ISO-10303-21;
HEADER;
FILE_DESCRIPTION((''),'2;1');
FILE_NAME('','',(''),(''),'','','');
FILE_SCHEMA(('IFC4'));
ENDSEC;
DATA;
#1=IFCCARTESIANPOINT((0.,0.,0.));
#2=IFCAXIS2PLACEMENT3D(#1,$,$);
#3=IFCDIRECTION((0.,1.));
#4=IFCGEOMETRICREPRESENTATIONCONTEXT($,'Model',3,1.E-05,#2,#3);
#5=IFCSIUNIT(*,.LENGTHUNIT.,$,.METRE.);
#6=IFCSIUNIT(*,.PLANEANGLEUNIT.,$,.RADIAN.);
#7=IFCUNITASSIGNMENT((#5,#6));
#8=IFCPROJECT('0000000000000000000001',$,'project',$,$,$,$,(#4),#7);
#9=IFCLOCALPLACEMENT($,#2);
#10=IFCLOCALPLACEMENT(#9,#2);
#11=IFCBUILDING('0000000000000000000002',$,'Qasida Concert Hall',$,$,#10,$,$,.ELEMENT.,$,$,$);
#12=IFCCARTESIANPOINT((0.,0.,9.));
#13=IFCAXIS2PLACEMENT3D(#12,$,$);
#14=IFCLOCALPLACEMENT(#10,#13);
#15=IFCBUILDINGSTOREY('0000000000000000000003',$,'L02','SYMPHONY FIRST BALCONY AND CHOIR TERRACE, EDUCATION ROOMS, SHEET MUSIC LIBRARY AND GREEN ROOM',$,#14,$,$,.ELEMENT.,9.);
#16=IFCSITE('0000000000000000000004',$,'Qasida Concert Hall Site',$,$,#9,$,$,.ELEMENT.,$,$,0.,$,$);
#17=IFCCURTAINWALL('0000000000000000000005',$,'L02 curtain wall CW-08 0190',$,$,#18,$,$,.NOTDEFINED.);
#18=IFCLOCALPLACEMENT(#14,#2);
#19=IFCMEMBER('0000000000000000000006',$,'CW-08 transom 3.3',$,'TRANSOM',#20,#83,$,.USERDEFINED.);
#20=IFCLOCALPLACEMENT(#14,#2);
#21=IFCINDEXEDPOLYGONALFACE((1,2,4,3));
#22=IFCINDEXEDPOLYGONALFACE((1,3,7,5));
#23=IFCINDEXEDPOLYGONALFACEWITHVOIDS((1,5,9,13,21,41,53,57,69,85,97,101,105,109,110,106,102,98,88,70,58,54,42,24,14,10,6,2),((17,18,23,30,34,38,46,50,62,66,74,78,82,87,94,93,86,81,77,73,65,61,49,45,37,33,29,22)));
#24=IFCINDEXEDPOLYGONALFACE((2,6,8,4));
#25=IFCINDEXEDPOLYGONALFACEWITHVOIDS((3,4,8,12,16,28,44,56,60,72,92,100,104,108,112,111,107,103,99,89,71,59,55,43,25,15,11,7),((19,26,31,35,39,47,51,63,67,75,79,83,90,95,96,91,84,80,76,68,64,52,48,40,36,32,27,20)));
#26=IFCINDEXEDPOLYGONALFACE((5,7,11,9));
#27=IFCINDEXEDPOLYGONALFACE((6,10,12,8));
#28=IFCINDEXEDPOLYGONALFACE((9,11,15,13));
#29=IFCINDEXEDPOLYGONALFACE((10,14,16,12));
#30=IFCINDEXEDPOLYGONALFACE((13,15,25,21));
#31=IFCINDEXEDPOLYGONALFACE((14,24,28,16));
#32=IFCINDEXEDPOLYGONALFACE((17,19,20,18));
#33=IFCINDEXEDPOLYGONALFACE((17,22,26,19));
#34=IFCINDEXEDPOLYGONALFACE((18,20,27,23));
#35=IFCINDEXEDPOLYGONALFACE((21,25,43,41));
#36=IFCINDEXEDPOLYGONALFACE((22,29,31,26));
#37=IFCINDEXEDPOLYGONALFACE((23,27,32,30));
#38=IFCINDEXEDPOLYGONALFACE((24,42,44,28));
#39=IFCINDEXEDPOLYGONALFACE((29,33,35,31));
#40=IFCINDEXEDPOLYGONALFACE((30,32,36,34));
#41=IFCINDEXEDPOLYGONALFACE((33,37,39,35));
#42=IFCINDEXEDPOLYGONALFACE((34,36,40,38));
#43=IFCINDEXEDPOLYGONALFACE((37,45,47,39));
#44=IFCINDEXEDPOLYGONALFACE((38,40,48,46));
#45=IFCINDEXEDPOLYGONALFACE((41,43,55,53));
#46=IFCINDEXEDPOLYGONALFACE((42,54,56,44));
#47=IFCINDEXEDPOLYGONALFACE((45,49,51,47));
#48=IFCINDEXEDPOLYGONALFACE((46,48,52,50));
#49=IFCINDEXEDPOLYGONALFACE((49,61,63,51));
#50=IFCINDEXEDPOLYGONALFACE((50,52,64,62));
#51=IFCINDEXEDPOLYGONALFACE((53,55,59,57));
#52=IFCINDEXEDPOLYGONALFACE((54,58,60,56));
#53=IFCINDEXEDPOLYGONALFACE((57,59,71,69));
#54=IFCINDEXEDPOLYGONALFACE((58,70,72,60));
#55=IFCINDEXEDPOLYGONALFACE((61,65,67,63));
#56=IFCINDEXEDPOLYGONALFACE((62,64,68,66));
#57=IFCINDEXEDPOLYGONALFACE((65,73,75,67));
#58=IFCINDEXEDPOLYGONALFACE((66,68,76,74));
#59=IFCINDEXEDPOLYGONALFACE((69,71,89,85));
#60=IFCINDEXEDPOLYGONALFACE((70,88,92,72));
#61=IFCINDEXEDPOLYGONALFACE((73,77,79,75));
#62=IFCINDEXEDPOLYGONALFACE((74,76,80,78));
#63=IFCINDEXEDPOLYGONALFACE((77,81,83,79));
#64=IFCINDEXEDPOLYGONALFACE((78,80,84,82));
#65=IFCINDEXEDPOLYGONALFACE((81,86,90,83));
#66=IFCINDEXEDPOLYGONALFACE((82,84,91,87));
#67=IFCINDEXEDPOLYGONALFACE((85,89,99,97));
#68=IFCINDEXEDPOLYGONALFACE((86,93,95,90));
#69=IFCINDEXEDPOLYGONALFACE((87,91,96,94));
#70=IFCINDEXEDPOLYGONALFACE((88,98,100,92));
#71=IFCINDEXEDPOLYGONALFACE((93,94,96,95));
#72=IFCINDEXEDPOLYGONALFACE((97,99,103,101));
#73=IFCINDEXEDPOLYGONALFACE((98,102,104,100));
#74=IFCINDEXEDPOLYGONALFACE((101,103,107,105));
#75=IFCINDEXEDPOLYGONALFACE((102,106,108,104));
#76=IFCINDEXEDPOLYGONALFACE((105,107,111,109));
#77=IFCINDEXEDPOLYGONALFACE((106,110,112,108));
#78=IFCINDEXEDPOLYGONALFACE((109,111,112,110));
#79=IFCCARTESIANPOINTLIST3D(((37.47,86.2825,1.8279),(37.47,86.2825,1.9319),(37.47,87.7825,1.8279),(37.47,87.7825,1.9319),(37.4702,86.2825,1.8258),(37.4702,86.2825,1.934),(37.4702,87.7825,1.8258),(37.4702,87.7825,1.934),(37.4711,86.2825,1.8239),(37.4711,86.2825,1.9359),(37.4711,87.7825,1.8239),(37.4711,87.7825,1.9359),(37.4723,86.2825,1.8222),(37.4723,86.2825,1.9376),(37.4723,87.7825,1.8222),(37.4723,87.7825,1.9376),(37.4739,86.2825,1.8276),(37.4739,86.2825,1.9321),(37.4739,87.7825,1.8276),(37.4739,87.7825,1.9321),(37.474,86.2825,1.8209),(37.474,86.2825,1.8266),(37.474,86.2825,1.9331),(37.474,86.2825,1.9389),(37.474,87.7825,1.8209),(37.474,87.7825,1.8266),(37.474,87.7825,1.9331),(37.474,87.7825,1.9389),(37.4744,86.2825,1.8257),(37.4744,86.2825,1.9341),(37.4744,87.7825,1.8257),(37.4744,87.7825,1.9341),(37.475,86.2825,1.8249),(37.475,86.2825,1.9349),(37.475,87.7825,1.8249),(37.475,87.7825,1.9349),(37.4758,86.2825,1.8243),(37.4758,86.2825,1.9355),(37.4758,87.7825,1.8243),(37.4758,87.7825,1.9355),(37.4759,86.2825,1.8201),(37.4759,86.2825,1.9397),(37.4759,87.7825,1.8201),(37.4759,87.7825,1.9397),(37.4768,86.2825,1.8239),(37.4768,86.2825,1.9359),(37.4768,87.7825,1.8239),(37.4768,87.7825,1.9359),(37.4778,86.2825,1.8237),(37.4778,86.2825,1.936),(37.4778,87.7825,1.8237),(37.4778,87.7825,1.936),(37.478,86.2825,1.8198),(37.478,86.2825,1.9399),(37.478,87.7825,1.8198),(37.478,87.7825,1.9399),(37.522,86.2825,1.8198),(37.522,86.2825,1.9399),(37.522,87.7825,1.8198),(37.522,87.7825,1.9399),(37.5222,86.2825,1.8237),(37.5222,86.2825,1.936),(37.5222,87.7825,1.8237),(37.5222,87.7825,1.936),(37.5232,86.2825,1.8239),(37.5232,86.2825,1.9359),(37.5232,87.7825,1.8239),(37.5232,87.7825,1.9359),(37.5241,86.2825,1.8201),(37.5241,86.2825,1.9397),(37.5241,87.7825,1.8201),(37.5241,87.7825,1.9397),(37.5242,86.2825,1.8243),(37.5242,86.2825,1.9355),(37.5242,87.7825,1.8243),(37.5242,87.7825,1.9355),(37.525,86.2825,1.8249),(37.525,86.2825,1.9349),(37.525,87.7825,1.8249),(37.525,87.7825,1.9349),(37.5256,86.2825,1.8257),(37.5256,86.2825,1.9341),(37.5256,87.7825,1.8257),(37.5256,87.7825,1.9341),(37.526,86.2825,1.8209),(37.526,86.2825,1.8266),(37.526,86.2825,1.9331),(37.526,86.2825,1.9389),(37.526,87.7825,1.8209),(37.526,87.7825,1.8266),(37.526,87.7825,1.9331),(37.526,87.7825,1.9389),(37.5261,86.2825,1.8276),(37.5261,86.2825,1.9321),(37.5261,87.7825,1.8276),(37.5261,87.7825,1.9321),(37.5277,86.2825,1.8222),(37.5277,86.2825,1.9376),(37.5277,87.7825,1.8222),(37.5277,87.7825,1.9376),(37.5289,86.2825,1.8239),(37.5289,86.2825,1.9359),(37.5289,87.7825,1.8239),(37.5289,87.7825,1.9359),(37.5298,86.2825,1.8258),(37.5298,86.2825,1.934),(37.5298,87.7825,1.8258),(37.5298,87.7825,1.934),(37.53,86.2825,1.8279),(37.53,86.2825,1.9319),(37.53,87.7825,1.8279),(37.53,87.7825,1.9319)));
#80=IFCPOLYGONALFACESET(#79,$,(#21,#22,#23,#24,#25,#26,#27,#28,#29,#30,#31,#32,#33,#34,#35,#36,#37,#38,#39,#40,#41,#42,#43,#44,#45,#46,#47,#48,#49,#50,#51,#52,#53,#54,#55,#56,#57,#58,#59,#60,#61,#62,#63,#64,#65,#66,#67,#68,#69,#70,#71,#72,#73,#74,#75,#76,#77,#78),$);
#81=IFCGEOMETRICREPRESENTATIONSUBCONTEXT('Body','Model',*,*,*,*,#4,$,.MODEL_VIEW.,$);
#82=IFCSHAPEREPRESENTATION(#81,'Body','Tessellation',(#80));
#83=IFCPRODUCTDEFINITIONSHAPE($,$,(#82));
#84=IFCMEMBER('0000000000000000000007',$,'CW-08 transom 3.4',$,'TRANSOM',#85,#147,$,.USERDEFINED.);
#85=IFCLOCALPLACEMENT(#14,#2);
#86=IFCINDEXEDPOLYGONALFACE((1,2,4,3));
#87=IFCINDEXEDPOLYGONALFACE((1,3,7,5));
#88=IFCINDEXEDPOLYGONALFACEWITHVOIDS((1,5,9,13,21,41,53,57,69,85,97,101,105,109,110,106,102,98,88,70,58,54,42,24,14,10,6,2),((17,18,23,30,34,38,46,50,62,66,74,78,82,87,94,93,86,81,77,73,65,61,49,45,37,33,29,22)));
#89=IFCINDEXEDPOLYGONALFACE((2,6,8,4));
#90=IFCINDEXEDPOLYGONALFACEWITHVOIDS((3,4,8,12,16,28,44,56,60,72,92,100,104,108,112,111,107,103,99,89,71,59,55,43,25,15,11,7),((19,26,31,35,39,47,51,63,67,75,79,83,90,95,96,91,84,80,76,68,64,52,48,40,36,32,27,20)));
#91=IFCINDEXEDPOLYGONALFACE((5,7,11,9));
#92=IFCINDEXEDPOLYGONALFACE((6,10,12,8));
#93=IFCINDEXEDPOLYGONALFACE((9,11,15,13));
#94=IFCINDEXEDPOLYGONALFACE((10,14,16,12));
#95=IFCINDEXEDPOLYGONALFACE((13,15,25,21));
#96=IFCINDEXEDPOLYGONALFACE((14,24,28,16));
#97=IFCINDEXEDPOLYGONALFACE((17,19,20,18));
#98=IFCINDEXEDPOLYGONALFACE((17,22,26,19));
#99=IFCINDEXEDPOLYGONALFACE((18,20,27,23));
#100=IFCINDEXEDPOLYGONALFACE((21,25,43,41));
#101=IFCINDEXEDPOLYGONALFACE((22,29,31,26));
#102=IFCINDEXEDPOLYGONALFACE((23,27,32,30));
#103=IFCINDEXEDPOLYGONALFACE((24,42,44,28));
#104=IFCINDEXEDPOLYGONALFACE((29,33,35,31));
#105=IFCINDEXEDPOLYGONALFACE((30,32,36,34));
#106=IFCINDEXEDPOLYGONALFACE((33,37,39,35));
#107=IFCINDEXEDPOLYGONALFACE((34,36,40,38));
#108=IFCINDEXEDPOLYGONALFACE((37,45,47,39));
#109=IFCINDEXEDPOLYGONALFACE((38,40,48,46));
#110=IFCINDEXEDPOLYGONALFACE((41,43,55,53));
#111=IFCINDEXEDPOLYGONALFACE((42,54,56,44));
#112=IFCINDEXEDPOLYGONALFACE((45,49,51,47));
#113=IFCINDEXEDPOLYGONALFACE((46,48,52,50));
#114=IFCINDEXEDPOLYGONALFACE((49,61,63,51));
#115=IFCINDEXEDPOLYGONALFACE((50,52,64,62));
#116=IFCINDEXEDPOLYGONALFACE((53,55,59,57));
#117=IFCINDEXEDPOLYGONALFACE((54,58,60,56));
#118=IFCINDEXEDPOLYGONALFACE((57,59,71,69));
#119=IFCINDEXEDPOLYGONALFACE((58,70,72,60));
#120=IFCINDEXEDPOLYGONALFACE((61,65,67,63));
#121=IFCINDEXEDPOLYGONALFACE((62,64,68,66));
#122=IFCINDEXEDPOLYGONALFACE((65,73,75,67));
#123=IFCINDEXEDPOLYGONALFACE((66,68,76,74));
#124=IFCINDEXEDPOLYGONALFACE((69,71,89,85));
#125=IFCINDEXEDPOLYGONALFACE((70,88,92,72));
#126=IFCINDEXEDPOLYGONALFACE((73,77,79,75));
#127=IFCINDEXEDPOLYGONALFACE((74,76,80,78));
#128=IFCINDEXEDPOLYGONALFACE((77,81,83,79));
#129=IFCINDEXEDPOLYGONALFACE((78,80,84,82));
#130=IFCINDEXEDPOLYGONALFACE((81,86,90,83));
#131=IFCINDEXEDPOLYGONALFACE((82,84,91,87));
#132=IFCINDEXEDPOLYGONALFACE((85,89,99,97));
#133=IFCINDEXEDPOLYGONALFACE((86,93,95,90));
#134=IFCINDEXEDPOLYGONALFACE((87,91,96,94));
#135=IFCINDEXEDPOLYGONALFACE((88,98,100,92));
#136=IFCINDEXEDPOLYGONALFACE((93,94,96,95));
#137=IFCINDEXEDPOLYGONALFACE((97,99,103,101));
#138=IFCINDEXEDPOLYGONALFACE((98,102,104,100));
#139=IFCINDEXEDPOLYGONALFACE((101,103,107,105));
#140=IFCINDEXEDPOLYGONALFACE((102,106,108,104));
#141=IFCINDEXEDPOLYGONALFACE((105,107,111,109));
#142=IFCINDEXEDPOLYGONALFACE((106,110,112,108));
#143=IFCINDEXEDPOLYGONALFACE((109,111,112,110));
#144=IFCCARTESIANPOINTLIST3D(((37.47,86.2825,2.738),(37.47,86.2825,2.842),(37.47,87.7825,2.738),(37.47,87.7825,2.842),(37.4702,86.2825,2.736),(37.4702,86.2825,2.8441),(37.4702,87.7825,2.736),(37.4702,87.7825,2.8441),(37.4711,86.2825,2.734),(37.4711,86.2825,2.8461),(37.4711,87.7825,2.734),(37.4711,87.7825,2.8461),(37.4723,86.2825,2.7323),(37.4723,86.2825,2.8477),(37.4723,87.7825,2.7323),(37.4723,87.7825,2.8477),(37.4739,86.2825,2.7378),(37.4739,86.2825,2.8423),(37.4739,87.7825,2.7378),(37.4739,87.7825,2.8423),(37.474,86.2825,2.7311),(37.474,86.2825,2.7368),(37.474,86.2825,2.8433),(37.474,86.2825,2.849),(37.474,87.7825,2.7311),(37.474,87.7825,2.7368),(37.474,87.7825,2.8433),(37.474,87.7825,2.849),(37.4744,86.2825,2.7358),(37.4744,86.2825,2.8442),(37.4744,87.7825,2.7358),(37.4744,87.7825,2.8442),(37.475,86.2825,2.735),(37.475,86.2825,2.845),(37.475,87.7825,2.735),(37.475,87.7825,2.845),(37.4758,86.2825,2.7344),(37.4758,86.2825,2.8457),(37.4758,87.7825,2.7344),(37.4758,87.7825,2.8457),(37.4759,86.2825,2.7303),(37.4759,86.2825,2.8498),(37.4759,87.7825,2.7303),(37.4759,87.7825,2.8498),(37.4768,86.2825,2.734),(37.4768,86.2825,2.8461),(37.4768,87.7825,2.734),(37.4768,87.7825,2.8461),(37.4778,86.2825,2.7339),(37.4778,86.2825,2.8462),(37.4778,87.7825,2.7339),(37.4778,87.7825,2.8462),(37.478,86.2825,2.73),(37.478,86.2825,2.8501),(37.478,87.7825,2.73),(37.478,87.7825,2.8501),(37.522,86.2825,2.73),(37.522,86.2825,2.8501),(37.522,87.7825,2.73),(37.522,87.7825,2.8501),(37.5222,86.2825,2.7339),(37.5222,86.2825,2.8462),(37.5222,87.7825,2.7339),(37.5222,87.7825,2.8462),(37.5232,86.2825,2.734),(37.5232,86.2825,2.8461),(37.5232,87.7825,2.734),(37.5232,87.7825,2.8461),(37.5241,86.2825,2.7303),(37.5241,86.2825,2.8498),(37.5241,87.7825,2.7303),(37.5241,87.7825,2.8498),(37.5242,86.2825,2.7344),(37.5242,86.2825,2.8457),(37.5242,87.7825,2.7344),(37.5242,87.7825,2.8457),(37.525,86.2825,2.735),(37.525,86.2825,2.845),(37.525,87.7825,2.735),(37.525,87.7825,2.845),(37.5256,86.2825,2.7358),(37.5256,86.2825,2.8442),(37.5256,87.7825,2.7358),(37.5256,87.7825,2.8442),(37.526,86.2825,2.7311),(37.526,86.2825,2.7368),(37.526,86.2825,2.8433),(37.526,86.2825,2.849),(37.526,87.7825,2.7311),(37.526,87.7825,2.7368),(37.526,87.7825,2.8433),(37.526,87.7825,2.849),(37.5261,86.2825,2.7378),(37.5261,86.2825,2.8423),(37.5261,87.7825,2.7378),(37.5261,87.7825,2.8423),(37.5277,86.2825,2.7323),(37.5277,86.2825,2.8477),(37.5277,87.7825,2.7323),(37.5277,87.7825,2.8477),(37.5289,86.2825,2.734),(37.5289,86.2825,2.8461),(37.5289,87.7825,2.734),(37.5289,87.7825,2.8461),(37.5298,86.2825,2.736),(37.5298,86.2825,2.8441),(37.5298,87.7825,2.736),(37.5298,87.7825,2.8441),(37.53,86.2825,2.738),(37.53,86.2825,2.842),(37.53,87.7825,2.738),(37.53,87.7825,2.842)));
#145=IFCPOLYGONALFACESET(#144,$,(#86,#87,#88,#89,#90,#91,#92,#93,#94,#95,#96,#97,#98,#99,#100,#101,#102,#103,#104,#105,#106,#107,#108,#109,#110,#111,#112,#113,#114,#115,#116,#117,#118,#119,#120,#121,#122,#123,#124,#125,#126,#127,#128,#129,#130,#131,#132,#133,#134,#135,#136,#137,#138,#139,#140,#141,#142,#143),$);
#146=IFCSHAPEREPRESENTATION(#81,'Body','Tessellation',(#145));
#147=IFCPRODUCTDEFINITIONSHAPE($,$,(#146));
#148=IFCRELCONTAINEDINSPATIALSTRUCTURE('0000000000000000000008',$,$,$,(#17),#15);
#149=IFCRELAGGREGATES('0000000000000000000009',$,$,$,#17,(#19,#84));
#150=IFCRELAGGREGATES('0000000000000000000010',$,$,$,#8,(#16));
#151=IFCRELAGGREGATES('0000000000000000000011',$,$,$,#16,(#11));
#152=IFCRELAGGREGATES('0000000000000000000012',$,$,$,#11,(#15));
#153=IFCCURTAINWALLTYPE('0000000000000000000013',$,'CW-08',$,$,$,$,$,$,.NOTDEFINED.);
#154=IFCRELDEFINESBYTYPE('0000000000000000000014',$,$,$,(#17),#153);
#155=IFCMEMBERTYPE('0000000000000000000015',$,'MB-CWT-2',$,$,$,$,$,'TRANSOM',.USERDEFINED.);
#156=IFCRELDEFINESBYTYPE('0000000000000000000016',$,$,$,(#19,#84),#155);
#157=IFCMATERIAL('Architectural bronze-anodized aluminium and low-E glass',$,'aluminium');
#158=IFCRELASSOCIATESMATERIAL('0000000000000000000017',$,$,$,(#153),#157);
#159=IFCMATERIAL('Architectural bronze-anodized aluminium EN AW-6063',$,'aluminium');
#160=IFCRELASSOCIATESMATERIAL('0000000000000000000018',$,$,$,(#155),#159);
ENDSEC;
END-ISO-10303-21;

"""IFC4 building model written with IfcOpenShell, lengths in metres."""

from ifc_helpers import new_model, si_unit, direction, frame, origin, origin_2d, place, context, subcontext, project, spatial, hollow_rectangle, extrude, material, material_profile, profile_set, type_object, element, aggregate, save


model = new_model("IFC4")

# Units and contexts
model_context = context("Model", 3, precision=1e-05, world=origin(), true_north=direction((0.0, 1.0)))
body_context = subcontext(model_context, "Body", "Model", "MODEL_VIEW")
ifc_project = project(units=[si_unit("LENGTHUNIT", "METRE"), si_unit("PLANEANGLEUNIT", "RADIAN")], contexts=[model_context])

# Site, building, storey
site_placement = place(None, origin())
site = spatial("IfcSite", under=ifc_project, at=site_placement, Name="Qasida Concert Hall Site", CompositionType="ELEMENT", RefElevation=0.0)
building_placement = place(site_placement, origin())
building = spatial("IfcBuilding", under=site, at=building_placement, Name="Qasida Concert Hall", CompositionType="ELEMENT")
storey_placement = place(building_placement, frame((0.0, 0.0, 9.0)))
storey = spatial("IfcBuildingStorey", under=building, at=storey_placement, Name="L02", Description="SYMPHONY FIRST BALCONY AND CHOIR TERRACE, EDUCATION ROOMS, SHEET MUSIC LIBRARY AND GREEN ROOM", CompositionType="ELEMENT", Elevation=9.0)

# Curtain wall, members
ifc_material_1 = material(Name="Architectural bronze-anodized aluminium and low-E glass", Category="aluminium")
curtain_wall_type = type_object("IfcCurtainWallType", Name="CW-08", PredefinedType="NOTDEFINED", material=ifc_material_1)
curtain_wall_placement = place(storey_placement, origin())
curtain_wall = element("IfcCurtainWall", 1, at=curtain_wall_placement, inside=storey, type_object=curtain_wall_type, Name="L02 curtain wall CW-08 0190", PredefinedType="NOTDEFINED")
ifc_material_2 = material(Name="Architectural bronze-anodized aluminium EN AW-6063", Category="aluminium")
ifc_material_profile_1 = material_profile(ifc_material_2, hollow_rectangle(XDim=0.0601, YDim=0.1201, WallThickness=0.0039, InnerFilletRadius=0.0039, OuterFilletRadius=0.0081, at=origin_2d()), Name="CWT 120x60x4")
ifc_profile_set_1 = profile_set([ifc_material_profile_1], Name="Architectural bronze-anodized aluminium EN AW-6063")
member_type_1 = type_object("IfcMemberType", Name="MB-CWT-2", ElementType="TRANSOM", PredefinedType="USERDEFINED", material=ifc_profile_set_1)
member_1_placement = place(storey_placement, frame((37.5, 86.2825, 1.8799), z_axis=(0.0, 1.0, 0.0), x_axis=(-1.0, 0.0, 0.0)))
member_1 = element("IfcMember", 2, at=member_1_placement, type_object=member_type_1, Name="CW-08 transom 3.3", ObjectType="TRANSOM", PredefinedType="USERDEFINED", context=body_context, shape_type="SweptSolid", body=[
    extrude(hollow_rectangle(XDim=0.0601, YDim=0.1201, WallThickness=0.0039, InnerFilletRadius=0.0039, OuterFilletRadius=0.0081, at=origin_2d()), origin(), (0.0, 0.0, 1.0), 1.5),
])
member_2_placement = place(storey_placement, frame((37.5, 86.2825, 2.79), z_axis=(0.0, 1.0, 0.0), x_axis=(-1.0, 0.0, 0.0)))
member_2 = element("IfcMember", 3, at=member_2_placement, type_object=member_type_1, Name="CW-08 transom 3.4", ObjectType="TRANSOM", PredefinedType="USERDEFINED", context=body_context, shape_type="SweptSolid", body=[
    extrude(hollow_rectangle(XDim=0.0601, YDim=0.1201, WallThickness=0.0039, InnerFilletRadius=0.0039, OuterFilletRadius=0.0081, at=origin_2d()), origin(), (0.0, 0.0, 1.0), 1.5),
])
aggregate(curtain_wall, [member_1, member_2])

save(model, "model.ifc")
